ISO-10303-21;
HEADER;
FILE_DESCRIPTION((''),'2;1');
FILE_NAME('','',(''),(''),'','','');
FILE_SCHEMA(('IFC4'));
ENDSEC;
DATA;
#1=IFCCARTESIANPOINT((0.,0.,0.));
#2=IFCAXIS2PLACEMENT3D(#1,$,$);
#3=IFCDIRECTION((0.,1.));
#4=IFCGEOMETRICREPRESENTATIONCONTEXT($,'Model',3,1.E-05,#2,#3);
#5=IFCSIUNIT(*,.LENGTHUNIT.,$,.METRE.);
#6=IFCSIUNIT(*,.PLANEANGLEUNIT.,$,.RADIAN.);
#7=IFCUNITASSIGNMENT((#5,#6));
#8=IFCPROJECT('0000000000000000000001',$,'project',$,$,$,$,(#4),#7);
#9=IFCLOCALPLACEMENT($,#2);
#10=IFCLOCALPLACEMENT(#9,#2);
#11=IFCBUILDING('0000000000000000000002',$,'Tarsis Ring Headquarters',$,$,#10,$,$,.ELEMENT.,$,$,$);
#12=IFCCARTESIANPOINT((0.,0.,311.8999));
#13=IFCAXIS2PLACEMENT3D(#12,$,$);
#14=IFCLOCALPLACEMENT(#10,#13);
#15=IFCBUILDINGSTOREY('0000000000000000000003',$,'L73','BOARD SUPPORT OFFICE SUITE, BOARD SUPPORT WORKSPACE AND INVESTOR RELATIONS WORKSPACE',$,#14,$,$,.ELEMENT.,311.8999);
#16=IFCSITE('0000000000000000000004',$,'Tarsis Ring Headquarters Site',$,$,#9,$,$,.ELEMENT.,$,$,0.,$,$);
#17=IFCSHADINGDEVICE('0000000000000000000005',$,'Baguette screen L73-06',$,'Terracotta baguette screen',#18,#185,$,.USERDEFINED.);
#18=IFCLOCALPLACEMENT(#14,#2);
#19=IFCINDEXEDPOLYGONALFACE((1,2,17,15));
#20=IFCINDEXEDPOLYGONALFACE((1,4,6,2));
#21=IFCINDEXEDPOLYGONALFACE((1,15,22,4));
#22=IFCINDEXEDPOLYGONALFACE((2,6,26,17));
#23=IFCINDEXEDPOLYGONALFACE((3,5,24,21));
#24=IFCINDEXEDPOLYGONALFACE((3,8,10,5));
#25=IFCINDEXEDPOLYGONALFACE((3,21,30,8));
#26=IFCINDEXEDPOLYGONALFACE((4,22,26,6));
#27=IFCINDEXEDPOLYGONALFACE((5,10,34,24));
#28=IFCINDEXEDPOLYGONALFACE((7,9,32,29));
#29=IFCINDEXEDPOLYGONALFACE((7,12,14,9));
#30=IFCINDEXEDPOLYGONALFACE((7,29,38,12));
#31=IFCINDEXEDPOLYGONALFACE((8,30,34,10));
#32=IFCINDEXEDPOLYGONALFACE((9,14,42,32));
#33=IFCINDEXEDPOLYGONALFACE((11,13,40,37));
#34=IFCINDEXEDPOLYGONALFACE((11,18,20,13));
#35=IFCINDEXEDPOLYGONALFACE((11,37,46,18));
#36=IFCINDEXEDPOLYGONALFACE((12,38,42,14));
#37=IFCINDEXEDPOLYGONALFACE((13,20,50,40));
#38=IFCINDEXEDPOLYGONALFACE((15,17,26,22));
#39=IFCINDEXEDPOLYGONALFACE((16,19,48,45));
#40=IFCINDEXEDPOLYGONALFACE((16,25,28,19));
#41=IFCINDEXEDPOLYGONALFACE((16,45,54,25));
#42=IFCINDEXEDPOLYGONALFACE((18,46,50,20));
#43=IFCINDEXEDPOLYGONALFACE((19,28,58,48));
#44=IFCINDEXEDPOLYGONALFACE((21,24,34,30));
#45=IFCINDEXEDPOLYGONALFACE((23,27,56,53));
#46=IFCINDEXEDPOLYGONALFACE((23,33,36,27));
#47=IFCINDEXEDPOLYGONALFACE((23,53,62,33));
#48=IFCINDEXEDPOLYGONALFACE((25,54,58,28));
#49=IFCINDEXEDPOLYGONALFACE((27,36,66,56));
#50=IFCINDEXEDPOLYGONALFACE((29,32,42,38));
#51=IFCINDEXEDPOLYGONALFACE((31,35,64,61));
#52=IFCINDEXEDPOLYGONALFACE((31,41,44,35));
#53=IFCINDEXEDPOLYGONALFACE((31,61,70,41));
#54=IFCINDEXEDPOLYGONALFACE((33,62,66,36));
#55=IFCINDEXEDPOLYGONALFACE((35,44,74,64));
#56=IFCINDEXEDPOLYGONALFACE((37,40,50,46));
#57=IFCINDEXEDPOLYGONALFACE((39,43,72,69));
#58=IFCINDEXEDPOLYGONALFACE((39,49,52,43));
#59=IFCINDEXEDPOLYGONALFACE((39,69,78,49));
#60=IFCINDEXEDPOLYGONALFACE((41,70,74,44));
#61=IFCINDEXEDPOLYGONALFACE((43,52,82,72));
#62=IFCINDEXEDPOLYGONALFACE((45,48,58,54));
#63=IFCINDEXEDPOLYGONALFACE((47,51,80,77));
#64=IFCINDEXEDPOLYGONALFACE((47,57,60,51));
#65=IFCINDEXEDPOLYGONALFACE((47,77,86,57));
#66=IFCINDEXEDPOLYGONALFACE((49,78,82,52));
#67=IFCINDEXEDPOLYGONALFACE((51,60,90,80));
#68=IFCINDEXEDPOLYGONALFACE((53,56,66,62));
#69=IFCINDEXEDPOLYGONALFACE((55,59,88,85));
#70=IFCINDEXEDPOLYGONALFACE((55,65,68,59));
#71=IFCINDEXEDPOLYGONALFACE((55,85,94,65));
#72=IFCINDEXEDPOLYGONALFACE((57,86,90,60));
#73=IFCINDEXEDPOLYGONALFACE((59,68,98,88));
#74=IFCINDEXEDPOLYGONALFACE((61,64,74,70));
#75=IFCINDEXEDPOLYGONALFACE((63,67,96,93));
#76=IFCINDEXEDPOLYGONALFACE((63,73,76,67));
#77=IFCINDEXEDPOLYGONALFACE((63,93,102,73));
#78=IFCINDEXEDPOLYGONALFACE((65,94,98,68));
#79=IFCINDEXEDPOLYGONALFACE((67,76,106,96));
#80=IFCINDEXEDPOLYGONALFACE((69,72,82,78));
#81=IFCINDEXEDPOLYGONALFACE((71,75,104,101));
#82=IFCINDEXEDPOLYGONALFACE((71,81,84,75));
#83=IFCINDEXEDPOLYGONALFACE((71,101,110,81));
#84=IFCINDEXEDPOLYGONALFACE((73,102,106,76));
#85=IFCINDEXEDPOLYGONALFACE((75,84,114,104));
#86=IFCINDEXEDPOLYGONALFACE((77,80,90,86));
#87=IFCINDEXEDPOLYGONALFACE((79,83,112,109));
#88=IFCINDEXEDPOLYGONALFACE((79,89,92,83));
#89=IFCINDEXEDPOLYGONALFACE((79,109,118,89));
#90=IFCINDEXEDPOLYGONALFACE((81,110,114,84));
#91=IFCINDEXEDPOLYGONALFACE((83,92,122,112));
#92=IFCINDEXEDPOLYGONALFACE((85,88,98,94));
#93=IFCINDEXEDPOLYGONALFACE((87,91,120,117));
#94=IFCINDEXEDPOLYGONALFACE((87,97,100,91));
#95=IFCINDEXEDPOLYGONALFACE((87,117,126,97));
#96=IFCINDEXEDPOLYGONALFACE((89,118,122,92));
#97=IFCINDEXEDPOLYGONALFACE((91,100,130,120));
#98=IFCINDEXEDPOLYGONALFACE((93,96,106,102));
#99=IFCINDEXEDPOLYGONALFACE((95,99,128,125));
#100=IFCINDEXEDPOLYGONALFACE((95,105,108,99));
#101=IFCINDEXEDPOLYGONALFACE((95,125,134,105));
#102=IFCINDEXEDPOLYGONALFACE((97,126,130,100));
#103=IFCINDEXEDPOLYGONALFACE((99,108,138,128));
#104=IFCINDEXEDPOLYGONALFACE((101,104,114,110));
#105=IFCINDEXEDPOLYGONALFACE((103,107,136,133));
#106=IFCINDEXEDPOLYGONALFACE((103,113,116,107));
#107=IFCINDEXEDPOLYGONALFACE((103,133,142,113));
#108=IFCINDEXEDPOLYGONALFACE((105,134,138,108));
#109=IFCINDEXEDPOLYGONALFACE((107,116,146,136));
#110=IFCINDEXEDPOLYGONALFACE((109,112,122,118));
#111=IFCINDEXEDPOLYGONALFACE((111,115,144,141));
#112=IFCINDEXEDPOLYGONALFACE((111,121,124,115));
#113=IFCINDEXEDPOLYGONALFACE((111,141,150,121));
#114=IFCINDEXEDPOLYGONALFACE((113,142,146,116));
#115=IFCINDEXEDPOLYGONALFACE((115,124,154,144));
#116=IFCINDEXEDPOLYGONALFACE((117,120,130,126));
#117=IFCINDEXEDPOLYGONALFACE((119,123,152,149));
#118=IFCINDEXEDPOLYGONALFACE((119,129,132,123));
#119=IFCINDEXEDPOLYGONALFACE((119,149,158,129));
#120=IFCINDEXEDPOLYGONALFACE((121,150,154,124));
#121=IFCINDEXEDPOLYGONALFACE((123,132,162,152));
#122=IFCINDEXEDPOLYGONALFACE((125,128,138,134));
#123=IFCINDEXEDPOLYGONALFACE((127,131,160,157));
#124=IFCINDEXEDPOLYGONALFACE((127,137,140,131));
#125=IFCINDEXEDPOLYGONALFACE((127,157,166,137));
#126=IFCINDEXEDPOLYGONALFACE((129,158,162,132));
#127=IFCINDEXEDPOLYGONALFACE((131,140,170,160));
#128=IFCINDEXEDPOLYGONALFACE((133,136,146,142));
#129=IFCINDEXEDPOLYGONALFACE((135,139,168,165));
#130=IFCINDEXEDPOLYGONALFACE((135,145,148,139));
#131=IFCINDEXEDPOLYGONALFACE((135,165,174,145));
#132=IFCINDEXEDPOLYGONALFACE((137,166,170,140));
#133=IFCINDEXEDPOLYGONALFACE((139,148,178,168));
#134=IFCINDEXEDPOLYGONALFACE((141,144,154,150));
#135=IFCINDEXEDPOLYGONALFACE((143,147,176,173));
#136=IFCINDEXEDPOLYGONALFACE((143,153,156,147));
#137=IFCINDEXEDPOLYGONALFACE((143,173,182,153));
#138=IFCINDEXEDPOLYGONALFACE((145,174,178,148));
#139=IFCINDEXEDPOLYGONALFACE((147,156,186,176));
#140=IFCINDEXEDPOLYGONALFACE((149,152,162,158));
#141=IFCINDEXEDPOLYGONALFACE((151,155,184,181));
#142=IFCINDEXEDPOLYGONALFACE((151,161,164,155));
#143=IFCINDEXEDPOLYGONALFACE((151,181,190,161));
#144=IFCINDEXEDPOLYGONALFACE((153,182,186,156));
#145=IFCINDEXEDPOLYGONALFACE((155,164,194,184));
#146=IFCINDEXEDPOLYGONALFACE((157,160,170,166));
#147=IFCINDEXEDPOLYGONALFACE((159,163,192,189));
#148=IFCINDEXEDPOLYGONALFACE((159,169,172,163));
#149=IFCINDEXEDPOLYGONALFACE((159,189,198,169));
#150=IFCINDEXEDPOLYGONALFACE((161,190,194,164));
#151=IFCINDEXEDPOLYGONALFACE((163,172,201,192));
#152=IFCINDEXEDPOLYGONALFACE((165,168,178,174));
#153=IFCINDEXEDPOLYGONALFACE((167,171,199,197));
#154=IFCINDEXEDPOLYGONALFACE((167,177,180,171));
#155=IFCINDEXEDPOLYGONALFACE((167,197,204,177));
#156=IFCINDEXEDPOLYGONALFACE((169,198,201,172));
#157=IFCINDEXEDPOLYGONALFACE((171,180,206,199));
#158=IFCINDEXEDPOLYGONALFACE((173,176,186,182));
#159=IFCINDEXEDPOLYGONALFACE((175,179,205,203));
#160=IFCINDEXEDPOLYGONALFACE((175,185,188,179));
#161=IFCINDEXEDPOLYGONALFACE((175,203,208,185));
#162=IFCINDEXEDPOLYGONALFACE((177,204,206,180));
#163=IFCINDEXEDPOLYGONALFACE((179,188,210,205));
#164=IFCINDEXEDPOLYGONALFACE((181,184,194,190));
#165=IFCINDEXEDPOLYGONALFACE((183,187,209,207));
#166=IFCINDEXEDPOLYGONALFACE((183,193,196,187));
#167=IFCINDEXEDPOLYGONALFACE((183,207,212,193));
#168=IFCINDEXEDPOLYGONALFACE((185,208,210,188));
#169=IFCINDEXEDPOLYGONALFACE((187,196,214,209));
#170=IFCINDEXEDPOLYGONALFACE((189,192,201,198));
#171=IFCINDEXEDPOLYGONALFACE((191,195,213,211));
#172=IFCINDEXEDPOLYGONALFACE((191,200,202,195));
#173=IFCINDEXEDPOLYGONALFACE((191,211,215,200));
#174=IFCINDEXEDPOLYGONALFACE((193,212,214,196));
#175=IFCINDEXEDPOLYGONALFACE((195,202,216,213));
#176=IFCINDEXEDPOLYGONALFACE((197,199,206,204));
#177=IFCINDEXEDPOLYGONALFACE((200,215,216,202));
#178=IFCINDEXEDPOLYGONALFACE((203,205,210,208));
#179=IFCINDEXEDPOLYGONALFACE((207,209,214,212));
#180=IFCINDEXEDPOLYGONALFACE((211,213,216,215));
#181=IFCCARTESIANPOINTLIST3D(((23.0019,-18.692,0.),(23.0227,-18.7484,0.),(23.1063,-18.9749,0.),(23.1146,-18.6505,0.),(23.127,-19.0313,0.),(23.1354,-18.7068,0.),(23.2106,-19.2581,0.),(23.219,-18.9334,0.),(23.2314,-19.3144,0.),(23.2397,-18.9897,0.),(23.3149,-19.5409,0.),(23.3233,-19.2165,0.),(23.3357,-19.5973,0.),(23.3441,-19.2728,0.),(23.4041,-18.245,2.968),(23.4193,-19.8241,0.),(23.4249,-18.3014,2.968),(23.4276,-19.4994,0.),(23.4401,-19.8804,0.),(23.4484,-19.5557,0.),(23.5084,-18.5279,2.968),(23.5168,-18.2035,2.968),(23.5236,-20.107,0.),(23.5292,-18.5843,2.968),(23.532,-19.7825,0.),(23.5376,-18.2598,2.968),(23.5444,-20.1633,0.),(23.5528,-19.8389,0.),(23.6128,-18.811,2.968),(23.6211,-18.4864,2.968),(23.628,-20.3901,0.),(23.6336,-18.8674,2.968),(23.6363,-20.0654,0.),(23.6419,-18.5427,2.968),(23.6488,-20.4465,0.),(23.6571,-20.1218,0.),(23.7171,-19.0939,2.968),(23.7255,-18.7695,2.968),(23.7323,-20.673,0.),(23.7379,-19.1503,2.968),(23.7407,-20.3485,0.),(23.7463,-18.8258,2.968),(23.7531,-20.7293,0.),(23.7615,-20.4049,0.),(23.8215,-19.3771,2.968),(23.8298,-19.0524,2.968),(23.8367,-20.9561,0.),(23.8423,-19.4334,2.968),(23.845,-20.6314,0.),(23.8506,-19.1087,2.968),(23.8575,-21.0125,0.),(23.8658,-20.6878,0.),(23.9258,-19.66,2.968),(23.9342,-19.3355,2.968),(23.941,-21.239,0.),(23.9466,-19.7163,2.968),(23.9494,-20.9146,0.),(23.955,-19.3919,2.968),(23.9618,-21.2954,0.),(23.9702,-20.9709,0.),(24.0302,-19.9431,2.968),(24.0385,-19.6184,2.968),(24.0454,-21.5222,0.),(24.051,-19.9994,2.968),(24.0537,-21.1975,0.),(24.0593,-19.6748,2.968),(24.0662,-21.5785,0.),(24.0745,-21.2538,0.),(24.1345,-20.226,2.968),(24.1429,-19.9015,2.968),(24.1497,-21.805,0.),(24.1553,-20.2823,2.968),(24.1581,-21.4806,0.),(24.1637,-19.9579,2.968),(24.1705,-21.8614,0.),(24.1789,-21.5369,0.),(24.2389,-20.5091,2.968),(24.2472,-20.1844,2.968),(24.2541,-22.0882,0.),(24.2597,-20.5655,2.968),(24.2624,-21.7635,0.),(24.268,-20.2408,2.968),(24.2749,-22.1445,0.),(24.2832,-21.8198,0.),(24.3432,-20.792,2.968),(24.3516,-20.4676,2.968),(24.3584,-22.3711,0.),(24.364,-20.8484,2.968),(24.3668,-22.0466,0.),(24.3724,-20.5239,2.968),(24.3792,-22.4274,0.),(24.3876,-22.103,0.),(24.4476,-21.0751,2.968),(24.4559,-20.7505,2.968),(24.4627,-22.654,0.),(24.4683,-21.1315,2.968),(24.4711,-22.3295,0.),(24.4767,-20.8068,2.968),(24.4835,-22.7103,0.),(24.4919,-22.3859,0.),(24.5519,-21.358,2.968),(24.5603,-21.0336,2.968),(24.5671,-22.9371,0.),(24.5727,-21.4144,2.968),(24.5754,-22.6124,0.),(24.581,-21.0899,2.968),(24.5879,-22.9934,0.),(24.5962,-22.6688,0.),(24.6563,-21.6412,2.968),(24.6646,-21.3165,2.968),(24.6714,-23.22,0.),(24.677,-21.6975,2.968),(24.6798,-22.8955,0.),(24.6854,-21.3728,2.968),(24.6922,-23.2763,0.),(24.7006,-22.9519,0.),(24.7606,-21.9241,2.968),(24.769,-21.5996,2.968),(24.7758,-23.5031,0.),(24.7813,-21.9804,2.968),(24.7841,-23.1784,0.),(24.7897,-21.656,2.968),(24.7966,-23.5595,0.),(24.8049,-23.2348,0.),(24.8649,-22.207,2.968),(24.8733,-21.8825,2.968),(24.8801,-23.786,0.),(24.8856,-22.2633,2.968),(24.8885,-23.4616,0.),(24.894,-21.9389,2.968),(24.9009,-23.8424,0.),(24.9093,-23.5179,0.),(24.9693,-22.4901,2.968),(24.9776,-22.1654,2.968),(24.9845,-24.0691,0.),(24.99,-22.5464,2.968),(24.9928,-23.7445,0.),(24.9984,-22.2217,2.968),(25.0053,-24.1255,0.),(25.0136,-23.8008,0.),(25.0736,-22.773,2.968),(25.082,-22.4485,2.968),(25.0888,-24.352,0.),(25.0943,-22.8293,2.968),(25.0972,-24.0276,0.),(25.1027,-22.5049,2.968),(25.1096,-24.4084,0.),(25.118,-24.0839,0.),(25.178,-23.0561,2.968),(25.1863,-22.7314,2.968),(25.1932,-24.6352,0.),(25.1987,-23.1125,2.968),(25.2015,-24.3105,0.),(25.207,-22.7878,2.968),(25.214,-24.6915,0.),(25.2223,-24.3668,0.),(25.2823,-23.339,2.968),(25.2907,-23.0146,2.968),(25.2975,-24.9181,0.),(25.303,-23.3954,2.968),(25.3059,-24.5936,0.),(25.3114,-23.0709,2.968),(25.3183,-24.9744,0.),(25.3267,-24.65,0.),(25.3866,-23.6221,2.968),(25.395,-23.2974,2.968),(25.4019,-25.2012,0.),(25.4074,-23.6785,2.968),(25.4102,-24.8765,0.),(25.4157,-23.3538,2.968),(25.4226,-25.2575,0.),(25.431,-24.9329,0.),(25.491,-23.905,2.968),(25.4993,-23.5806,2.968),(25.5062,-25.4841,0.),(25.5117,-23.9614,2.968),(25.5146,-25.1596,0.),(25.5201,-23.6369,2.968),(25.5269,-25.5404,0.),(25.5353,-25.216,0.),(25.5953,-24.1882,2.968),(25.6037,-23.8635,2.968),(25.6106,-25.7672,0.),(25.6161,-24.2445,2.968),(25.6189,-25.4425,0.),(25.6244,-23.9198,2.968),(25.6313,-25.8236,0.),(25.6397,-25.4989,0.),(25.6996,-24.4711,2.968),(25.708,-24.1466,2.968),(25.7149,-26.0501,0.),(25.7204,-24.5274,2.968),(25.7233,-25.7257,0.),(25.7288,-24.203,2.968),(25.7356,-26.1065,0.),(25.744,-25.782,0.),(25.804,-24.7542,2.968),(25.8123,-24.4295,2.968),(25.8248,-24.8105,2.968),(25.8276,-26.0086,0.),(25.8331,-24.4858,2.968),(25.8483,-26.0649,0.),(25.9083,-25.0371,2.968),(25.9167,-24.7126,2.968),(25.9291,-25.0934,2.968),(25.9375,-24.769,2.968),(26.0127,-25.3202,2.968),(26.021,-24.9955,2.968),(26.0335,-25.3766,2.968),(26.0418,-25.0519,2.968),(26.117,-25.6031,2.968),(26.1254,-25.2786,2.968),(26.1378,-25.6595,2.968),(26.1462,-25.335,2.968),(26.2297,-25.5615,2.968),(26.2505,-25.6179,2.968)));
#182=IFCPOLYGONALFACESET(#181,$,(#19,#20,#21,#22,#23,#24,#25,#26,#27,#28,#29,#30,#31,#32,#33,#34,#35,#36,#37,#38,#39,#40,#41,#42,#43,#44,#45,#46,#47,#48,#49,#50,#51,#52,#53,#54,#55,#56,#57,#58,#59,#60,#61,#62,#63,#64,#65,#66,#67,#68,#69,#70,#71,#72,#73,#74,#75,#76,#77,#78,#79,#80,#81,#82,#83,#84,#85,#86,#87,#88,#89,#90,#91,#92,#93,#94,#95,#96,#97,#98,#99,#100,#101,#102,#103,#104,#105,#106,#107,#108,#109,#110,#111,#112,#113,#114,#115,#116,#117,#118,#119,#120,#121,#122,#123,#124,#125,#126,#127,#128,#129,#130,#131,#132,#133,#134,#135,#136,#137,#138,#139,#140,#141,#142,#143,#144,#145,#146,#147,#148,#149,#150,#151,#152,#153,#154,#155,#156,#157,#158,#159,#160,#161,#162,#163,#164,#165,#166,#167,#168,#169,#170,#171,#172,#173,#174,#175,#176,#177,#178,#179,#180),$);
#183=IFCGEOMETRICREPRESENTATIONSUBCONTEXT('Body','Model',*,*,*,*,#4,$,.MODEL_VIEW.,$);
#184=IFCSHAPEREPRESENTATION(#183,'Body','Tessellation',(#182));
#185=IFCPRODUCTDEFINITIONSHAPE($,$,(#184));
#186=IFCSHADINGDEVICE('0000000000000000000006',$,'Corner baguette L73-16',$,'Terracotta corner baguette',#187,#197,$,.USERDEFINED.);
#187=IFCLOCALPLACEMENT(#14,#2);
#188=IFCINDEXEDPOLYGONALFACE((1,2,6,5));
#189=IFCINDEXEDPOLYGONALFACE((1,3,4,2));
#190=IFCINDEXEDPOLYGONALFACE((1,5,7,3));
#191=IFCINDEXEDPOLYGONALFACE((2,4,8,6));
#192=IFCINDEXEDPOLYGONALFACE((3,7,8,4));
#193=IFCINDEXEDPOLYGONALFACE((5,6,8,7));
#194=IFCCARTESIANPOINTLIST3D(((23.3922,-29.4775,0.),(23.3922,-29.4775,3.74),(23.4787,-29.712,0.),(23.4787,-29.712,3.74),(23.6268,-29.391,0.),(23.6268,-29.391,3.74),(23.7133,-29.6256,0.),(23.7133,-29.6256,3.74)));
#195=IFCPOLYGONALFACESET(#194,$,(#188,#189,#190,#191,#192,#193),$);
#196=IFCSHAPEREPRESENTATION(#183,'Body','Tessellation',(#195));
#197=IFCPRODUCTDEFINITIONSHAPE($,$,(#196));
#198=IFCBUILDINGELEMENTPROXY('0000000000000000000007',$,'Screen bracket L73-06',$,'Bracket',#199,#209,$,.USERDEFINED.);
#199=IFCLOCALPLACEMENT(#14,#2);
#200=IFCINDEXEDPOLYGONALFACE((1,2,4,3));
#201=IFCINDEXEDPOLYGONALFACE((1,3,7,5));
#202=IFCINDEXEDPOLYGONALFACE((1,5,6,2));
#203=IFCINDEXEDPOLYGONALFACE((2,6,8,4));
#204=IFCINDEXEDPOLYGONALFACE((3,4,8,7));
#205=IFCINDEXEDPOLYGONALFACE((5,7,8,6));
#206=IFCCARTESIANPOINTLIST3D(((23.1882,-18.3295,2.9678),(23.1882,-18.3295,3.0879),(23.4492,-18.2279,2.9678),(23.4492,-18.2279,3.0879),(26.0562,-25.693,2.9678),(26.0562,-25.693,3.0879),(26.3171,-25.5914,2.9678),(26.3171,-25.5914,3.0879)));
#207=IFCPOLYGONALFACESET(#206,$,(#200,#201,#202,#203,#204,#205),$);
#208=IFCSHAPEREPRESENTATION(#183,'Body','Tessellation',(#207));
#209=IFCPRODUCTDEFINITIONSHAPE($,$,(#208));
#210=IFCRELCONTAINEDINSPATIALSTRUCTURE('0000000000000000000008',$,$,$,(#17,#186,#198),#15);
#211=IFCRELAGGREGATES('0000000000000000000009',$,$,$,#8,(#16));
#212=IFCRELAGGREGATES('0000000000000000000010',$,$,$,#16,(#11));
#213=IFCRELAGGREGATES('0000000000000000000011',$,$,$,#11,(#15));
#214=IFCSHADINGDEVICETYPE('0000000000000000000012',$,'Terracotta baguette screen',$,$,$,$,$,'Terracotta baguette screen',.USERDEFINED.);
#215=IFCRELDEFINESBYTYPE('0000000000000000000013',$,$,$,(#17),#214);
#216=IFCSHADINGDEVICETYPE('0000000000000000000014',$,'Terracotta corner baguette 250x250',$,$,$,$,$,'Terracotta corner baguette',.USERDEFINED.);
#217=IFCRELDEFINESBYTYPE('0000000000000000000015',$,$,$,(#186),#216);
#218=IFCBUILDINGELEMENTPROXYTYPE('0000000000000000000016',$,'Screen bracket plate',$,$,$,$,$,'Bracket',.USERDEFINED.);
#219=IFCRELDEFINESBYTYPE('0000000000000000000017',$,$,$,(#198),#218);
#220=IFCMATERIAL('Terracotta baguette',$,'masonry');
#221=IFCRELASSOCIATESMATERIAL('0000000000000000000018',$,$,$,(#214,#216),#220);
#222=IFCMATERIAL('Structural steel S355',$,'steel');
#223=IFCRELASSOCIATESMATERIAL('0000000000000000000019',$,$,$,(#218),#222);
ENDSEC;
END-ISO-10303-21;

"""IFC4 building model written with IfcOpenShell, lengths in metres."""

from ifc_helpers import new_model, si_unit, direction, frame, frame_2d, origin, origin_2d, place, context, subcontext, project, spatial, rectangle, composite_profile, extrude, material, type_object, element, save


model = new_model("IFC4")

# Units and contexts
model_context = context("Model", 3, precision=1e-05, world=origin(), true_north=direction((0.0, 1.0)))
body_context = subcontext(model_context, "Body", "Model", "MODEL_VIEW")
ifc_project = project(units=[si_unit("LENGTHUNIT", "METRE"), si_unit("PLANEANGLEUNIT", "RADIAN")], contexts=[model_context])

# Site, building, storey
site_placement = place(None, origin())
site = spatial("IfcSite", under=ifc_project, at=site_placement, Name="Tarsis Ring Headquarters Site", CompositionType="ELEMENT", RefElevation=0.0)
building_placement = place(site_placement, origin())
building = spatial("IfcBuilding", under=site, at=building_placement, Name="Tarsis Ring Headquarters", CompositionType="ELEMENT")
storey_placement = place(building_placement, frame((0.0, 0.0, 311.8999)))
storey = spatial("IfcBuildingStorey", under=building, at=storey_placement, Name="L73", Description="BOARD SUPPORT OFFICE SUITE, BOARD SUPPORT WORKSPACE AND INVESTOR RELATIONS WORKSPACE", CompositionType="ELEMENT", Elevation=311.8999)

# Shared definitions
ifc_material_1 = material(Name="Structural steel S355", Category="steel")

# Shading devices
ifc_material_2 = material(Name="Terracotta baguette", Category="masonry")
shading_device_type_1 = type_object("IfcShadingDeviceType", Name="Terracotta baguette screen", ElementType="Terracotta baguette screen", PredefinedType="USERDEFINED", material=ifc_material_2)
shading_device_1_placement = place(storey_placement, frame((25.792, -26.0857, 0.0), z_axis=(0.0, 0.0, 1.0), x_axis=(-0.345939, 0.93827, 0.0)))
element("IfcShadingDevice", 1, at=shading_device_1_placement, inside=storey, type_object=shading_device_type_1, Name="Baguette screen L73-06", ObjectType="Terracotta baguette screen", PredefinedType="USERDEFINED", context=body_context, shape_type="SweptSolid", body=[
    extrude(composite_profile([rectangle(XDim=0.0601, YDim=0.1201, at=frame_2d((0.03, 0.0))), rectangle(XDim=0.0601, YDim=0.1201, at=frame_2d((0.3315, 0.0))), rectangle(XDim=0.0601, YDim=0.1201, at=frame_2d((0.6333, 0.0))), rectangle(XDim=0.0601, YDim=0.1201, at=frame_2d((0.9348, 0.0))), rectangle(XDim=0.0601, YDim=0.1201, at=frame_2d((1.2366, 0.0))), rectangle(XDim=0.0601, YDim=0.1201, at=frame_2d((1.5381, 0.0))), rectangle(XDim=0.0601, YDim=0.1201, at=frame_2d((1.8398, 0.0))), rectangle(XDim=0.0601, YDim=0.1201, at=frame_2d((2.1414, 0.0))), rectangle(XDim=0.0601, YDim=0.1201, at=frame_2d((2.4431, 0.0))), rectangle(XDim=0.0601, YDim=0.1201, at=frame_2d((2.7446, 0.0))), rectangle(XDim=0.0601, YDim=0.1201, at=frame_2d((3.0464, 0.0))), rectangle(XDim=0.0601, YDim=0.1201, at=frame_2d((3.3479, 0.0))), rectangle(XDim=0.0601, YDim=0.1201, at=frame_2d((3.6497, 0.0))), rectangle(XDim=0.0601, YDim=0.1201, at=frame_2d((3.9512, 0.0))), rectangle(XDim=0.0601, YDim=0.1201, at=frame_2d((4.2527, 0.0))), rectangle(XDim=0.0601, YDim=0.1201, at=frame_2d((4.5544, 0.0))), rectangle(XDim=0.0601, YDim=0.1201, at=frame_2d((4.856, 0.0))), rectangle(XDim=0.0601, YDim=0.1201, at=frame_2d((5.1577, 0.0))), rectangle(XDim=0.0601, YDim=0.1201, at=frame_2d((5.4592, 0.0))), rectangle(XDim=0.0601, YDim=0.1201, at=frame_2d((5.761, 0.0))), rectangle(XDim=0.0601, YDim=0.1201, at=frame_2d((6.0625, 0.0))), rectangle(XDim=0.0601, YDim=0.1201, at=frame_2d((6.3643, 0.0))), rectangle(XDim=0.0601, YDim=0.1201, at=frame_2d((6.6658, 0.0))), rectangle(XDim=0.0601, YDim=0.1201, at=frame_2d((6.9675, 0.0))), rectangle(XDim=0.0601, YDim=0.1201, at=frame_2d((7.269, 0.0))), rectangle(XDim=0.0601, YDim=0.1201, at=frame_2d((7.5708, 0.0))), rectangle(XDim=0.0601, YDim=0.1201, at=frame_2d((7.8723, 0.0)))]), origin(), (0.092559, -0.175665, 0.980089), 3.0283),
])
shading_device_type_2 = type_object("IfcShadingDeviceType", Name="Terracotta corner baguette 250x250", ElementType="Terracotta corner baguette", PredefinedType="USERDEFINED", material=ifc_material_2)
shading_device_2_placement = place(storey_placement, frame((23.5527, -29.5515, 0.0), z_axis=(0.0, 0.0, 1.0), x_axis=(0.938252, 0.345953, 0.0)))
element("IfcShadingDevice", 2, at=shading_device_2_placement, inside=storey, type_object=shading_device_type_2, Name="Corner baguette L73-16", ObjectType="Terracotta corner baguette", PredefinedType="USERDEFINED", context=body_context, shape_type="SweptSolid", body=[
    extrude(rectangle(XDim=0.25, YDim=0.25, at=origin_2d()), origin(), (0.0, 0.0, 1.0), 3.74),
])

# Building element proxy
building_element_proxy_type = type_object("IfcBuildingElementProxyType", Name="Screen bracket plate", ElementType="Bracket", PredefinedType="USERDEFINED", material=ifc_material_1)
proxy_placement = place(storey_placement, frame((24.7527, -21.9604, 2.9678), z_axis=(0.0, 0.0, 1.0), x_axis=(-0.362926, 0.931818, 0.0)))
element("IfcBuildingElementProxy", 3, at=proxy_placement, inside=storey, type_object=building_element_proxy_type, Name="Screen bracket L73-06", ObjectType="Bracket", PredefinedType="USERDEFINED", context=body_context, shape_type="SweptSolid", body=[
    extrude(rectangle(XDim=7.9023, YDim=0.28, at=origin_2d()), origin(), (0.0, 0.0, 1.0), 0.1201),
])

save(model, "model.ifc")
